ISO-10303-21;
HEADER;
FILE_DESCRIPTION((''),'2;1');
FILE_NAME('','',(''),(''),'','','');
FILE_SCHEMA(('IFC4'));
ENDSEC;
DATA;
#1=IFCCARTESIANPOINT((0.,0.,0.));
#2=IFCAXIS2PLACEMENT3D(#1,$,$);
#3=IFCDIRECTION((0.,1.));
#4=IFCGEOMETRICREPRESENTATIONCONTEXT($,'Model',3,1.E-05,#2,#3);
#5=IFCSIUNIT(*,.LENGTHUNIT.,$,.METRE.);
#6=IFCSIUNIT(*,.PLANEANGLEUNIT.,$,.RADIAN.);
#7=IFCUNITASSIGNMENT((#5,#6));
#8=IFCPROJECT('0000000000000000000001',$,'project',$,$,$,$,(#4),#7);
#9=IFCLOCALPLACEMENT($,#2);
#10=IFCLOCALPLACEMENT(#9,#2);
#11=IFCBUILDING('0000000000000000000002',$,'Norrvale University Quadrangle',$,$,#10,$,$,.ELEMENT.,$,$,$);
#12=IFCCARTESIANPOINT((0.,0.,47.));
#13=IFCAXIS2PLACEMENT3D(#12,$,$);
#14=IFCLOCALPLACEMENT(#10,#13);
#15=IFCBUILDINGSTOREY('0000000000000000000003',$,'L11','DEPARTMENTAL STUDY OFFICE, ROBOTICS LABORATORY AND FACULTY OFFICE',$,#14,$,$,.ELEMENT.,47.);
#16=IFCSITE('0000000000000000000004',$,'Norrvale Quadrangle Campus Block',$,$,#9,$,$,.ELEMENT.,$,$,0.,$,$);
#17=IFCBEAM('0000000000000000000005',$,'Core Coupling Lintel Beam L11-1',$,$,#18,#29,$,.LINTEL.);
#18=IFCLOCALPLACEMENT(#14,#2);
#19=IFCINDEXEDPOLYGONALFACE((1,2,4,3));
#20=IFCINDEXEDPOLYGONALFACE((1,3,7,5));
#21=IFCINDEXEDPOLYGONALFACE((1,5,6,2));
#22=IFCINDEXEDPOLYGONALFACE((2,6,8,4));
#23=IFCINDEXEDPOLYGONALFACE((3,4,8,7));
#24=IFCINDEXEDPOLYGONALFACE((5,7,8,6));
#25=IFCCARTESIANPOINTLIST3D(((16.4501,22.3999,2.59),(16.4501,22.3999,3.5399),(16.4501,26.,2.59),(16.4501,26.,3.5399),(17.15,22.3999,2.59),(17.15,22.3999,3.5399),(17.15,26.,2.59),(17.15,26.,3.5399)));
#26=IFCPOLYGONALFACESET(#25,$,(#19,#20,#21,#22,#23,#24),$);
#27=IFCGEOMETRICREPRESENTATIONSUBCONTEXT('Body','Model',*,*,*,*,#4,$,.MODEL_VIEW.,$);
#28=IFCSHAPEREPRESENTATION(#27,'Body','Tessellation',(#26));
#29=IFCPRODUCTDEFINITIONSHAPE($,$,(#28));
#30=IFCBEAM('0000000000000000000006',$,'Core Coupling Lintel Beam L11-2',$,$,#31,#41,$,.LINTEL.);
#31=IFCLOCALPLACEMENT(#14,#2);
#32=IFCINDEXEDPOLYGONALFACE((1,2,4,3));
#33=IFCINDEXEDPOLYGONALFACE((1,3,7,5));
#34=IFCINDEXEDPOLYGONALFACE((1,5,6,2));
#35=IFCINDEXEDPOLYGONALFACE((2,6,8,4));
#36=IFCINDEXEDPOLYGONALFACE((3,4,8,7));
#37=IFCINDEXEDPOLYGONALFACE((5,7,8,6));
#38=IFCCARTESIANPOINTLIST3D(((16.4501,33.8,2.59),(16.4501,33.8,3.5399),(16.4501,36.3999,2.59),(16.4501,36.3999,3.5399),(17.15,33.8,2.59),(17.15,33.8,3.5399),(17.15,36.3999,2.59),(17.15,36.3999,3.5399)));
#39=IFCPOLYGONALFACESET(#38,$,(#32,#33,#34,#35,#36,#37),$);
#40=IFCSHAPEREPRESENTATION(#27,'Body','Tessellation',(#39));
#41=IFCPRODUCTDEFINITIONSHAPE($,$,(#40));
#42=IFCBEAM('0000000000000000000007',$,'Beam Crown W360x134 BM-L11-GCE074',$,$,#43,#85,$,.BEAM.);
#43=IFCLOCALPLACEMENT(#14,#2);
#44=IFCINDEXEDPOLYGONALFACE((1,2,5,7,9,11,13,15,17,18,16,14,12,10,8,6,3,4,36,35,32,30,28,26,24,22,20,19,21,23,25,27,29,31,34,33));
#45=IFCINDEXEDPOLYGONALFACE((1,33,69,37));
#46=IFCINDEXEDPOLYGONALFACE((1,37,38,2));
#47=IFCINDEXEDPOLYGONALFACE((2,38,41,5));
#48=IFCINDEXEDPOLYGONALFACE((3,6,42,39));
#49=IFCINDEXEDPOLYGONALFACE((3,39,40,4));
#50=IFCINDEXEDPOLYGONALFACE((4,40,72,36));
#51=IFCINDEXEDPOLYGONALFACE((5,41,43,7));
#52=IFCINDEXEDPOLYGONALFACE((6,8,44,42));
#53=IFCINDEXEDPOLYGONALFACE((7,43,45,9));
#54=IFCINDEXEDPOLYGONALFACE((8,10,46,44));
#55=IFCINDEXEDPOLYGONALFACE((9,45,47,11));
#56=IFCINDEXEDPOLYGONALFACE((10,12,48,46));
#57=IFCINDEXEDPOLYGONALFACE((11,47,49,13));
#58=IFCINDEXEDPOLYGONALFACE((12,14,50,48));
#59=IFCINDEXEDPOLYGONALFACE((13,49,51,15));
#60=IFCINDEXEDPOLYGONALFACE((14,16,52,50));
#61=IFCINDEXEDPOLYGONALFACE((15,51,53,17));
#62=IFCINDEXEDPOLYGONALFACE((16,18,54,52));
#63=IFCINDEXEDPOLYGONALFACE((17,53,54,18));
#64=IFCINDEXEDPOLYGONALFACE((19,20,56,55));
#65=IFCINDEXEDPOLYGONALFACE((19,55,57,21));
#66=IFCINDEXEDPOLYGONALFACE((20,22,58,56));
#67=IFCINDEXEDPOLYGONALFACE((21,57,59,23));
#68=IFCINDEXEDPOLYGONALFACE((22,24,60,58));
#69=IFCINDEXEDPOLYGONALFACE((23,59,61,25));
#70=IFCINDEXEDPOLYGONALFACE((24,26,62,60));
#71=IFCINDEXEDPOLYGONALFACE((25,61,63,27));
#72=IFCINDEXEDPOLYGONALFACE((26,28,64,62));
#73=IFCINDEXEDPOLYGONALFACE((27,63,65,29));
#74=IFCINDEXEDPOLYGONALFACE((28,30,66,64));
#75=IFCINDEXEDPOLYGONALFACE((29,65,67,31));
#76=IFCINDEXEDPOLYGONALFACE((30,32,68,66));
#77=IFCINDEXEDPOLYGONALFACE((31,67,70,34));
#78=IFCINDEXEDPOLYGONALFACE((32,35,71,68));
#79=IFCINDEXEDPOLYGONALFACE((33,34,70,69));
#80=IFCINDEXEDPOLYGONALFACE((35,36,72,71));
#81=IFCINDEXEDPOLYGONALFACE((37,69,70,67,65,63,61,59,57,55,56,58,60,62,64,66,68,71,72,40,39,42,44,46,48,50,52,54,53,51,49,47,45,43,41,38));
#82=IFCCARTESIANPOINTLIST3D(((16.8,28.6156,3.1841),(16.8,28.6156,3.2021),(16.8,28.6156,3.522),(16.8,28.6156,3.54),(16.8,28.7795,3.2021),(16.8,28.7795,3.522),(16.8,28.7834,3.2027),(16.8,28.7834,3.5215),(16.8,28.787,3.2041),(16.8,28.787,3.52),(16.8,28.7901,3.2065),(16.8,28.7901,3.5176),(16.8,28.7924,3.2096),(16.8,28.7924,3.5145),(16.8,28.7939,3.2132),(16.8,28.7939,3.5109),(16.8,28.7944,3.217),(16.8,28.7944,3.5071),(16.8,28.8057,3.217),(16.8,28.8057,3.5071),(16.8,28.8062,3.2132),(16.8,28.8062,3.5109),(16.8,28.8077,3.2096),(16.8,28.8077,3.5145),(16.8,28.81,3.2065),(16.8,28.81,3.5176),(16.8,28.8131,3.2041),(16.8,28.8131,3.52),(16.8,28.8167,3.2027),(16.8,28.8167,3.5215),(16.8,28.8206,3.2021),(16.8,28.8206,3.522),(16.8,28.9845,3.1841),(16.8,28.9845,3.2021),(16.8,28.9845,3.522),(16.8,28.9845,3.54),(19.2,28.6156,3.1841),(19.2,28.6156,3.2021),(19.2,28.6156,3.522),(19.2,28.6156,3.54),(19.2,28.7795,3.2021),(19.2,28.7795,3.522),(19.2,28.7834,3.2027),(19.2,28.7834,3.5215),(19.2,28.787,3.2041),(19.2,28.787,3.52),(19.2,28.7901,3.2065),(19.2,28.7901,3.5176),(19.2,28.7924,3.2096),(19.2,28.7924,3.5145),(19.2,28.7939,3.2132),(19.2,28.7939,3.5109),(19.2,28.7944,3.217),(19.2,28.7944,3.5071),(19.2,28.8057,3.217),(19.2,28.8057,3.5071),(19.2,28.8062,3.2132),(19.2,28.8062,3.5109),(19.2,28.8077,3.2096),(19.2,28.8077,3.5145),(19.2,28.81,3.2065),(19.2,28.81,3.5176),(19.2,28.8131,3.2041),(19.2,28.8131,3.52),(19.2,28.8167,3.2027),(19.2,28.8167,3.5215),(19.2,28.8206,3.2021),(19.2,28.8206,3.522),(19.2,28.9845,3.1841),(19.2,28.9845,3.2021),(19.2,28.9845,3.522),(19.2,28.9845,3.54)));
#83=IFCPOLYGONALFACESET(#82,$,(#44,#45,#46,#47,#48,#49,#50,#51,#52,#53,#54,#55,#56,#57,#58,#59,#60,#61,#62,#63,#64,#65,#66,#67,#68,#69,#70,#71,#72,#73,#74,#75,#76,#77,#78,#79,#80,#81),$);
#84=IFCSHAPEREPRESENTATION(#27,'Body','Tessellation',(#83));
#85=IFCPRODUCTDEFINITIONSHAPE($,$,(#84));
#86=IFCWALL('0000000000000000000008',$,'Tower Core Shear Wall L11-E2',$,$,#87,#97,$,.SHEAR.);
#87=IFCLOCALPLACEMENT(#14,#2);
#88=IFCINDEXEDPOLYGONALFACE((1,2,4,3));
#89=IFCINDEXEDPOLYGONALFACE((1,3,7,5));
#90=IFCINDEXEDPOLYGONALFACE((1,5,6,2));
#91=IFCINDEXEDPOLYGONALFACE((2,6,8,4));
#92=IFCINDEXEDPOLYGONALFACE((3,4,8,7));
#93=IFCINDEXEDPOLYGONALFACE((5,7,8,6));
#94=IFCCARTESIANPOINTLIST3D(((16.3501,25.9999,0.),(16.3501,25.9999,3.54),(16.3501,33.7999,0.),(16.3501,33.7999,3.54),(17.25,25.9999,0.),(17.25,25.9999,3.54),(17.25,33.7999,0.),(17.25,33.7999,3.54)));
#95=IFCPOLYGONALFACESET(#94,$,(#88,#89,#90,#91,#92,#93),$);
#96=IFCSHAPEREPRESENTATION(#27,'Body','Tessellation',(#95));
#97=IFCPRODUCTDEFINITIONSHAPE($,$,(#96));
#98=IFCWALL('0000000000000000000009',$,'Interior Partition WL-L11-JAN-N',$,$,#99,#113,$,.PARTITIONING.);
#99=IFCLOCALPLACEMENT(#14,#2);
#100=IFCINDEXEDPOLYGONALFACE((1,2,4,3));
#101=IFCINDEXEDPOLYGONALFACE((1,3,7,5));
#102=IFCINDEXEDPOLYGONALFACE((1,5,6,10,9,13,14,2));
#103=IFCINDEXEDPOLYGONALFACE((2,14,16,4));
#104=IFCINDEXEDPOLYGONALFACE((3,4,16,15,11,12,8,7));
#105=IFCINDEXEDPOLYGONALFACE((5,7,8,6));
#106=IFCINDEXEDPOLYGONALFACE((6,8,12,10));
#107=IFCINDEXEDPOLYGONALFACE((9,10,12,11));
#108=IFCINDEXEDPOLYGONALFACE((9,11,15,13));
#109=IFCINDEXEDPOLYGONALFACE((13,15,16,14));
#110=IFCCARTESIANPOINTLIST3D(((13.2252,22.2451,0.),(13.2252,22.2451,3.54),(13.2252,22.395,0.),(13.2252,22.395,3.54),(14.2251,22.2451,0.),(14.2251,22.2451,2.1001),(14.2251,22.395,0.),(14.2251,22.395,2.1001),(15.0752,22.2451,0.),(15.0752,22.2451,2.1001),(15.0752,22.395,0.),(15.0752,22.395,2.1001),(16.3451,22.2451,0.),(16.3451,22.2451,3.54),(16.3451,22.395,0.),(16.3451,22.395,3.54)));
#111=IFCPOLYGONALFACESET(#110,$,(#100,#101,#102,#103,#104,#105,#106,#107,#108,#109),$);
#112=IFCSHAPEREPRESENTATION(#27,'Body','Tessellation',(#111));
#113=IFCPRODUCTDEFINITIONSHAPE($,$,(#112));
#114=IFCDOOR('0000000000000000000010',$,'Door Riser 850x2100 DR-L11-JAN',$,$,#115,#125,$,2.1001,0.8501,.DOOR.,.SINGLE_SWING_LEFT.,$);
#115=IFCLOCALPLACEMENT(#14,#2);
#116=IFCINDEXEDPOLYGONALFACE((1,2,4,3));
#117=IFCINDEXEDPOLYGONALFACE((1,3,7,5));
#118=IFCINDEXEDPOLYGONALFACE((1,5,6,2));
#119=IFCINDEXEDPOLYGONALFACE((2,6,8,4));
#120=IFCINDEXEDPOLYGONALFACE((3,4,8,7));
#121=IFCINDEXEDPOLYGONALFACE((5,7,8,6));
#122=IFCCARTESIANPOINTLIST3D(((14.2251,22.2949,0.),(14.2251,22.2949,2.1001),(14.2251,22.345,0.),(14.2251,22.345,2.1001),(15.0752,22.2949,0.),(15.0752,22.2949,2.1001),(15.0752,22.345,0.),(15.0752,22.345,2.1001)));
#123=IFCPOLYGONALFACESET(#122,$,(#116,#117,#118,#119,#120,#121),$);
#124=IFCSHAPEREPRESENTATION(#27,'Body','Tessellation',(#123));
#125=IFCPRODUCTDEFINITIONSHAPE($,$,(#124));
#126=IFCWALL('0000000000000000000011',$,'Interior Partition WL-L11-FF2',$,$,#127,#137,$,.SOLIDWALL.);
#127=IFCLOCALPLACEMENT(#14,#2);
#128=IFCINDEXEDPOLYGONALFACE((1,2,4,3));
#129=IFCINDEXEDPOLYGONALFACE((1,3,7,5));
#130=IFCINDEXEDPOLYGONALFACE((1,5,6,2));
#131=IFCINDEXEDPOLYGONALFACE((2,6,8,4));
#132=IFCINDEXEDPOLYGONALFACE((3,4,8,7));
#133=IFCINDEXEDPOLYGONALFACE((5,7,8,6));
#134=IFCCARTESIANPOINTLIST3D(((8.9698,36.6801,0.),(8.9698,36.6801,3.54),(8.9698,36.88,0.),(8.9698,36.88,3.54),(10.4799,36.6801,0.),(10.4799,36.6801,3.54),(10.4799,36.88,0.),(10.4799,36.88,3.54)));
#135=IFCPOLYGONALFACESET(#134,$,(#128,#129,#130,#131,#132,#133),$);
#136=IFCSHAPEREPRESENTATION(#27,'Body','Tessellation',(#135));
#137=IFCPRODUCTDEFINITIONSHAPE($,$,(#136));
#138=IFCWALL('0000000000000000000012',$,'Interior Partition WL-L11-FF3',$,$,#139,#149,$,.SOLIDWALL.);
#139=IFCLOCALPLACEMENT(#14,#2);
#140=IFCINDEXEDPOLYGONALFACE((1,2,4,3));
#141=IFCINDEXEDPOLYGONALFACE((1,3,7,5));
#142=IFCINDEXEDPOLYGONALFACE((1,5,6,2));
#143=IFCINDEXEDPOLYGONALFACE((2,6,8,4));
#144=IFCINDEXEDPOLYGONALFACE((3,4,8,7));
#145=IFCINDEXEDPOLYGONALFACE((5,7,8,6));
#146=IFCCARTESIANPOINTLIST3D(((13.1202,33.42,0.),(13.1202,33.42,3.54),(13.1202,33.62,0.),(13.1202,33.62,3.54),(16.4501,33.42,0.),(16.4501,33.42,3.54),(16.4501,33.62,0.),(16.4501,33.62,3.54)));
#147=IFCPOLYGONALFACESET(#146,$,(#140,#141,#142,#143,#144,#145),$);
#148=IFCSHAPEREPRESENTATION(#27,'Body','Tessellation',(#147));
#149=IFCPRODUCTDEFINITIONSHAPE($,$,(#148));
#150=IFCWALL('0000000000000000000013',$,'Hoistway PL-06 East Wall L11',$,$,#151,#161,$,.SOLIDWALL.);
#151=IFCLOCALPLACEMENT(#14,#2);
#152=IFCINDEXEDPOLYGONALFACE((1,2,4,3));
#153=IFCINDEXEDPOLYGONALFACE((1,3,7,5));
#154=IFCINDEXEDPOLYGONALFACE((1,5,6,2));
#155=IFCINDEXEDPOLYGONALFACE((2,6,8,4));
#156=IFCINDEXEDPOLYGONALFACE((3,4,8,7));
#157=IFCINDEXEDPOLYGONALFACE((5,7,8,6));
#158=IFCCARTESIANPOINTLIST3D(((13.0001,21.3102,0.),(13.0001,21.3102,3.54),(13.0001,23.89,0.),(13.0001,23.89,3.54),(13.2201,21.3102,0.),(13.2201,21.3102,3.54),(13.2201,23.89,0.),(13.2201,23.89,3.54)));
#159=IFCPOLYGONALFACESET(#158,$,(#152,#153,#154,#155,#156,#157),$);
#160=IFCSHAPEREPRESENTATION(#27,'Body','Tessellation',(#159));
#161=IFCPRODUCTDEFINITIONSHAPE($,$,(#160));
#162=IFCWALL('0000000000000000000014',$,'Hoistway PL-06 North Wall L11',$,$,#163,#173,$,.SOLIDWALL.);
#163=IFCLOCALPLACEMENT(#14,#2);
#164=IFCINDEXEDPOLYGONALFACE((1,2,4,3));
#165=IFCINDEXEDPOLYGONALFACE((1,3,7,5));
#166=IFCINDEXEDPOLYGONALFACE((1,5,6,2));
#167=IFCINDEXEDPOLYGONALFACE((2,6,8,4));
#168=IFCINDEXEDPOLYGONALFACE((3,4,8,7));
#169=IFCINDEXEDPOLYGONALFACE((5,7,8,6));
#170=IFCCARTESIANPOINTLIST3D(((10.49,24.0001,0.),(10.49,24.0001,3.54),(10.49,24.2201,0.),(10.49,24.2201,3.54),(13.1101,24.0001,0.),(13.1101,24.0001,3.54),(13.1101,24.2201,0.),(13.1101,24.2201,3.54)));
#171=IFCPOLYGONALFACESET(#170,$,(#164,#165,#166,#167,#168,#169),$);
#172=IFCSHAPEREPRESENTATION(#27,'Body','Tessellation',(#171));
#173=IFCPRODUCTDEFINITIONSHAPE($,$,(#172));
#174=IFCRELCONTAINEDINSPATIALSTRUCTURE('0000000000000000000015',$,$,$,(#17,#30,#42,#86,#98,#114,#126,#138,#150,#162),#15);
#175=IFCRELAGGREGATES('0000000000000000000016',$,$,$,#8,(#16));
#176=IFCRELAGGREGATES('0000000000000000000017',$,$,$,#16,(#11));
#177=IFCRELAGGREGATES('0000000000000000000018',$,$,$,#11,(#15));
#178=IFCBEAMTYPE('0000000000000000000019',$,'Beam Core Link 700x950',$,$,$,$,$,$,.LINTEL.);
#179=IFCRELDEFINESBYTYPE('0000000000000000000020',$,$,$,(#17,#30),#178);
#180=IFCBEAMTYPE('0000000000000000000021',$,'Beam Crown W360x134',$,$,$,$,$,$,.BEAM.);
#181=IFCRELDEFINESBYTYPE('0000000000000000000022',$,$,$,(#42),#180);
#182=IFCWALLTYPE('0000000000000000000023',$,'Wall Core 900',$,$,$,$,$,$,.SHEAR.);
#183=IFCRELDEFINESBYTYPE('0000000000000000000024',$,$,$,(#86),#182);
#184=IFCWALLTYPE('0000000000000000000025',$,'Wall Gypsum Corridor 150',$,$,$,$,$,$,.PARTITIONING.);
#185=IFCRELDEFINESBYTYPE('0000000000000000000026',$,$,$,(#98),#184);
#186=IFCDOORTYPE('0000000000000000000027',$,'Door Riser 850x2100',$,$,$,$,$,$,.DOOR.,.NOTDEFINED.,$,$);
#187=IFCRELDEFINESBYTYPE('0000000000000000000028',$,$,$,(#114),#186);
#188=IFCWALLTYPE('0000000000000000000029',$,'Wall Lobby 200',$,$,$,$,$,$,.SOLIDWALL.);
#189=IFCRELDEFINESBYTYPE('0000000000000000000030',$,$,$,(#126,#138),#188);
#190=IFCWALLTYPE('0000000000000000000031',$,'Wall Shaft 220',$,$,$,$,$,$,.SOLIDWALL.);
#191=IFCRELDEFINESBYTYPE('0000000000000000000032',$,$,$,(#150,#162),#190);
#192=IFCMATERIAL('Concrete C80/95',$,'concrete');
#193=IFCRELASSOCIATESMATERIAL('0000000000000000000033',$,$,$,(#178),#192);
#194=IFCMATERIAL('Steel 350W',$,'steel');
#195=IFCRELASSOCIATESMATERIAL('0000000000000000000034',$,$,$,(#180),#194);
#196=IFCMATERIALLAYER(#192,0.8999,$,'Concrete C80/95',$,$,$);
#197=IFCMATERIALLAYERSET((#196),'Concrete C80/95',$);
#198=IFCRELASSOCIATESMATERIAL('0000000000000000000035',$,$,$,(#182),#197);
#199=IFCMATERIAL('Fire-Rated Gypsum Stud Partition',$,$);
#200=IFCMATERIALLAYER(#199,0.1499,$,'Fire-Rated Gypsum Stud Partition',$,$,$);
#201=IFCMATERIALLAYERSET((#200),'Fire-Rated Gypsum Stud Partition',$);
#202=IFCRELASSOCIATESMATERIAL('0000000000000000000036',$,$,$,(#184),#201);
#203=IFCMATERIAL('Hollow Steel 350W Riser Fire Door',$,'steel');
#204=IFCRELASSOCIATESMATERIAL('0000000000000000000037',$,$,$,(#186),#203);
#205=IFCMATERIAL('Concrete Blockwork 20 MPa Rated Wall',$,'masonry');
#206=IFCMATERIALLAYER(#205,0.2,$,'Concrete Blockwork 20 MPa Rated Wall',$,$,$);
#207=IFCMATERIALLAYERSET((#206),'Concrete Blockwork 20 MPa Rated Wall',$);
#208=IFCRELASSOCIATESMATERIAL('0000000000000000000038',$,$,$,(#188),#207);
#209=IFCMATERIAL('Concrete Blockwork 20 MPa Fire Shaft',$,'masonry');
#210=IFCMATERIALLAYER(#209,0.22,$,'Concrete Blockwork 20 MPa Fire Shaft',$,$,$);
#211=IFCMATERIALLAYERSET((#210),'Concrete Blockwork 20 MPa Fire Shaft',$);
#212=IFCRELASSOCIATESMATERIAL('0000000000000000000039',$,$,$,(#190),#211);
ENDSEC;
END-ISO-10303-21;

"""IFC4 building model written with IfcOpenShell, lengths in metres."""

from ifc_helpers import new_model, si_unit, direction, frame, frame_2d, origin, origin_2d, place, context, subcontext, project, spatial, rectangle, i_section, extrude, material, layer, layer_set, material_profile, profile_set, type_object, element, fill, save


model = new_model("IFC4")

# Units and contexts
model_context = context("Model", 3, precision=1e-05, world=origin(), true_north=direction((0.0, 1.0)))
body_context = subcontext(model_context, "Body", "Model", "MODEL_VIEW")
ifc_project = project(units=[si_unit("LENGTHUNIT", "METRE"), si_unit("PLANEANGLEUNIT", "RADIAN")], contexts=[model_context])

# Site, building, storey
site_placement = place(None, origin())
site = spatial("IfcSite", under=ifc_project, at=site_placement, Name="Norrvale Quadrangle Campus Block", CompositionType="ELEMENT", RefElevation=0.0)
building_placement = place(site_placement, origin())
building = spatial("IfcBuilding", under=site, at=building_placement, Name="Norrvale University Quadrangle", CompositionType="ELEMENT")
storey_placement = place(building_placement, frame((0.0, 0.0, 47.0)))
storey = spatial("IfcBuildingStorey", under=building, at=storey_placement, Name="L11", Description="DEPARTMENTAL STUDY OFFICE, ROBOTICS LABORATORY AND FACULTY OFFICE", CompositionType="ELEMENT", Elevation=47.0)

# Beams
ifc_material_1 = material(Name="Concrete C80/95", Category="concrete")
ifc_material_profile_1 = material_profile(ifc_material_1, rectangle(XDim=0.7, YDim=0.95, at=origin_2d()), Name="Concrete C80/95")
ifc_profile_set_1 = profile_set([ifc_material_profile_1], Name="Concrete C80/95")
beam_type_1 = type_object("IfcBeamType", Name="Beam Core Link 700x950", PredefinedType="LINTEL", material=ifc_profile_set_1)
beam_1_placement = place(storey_placement, frame((16.8, 22.3999, 3.0649), z_axis=(0.0, 1.0, 0.0), x_axis=(-1.0, 0.0, 0.0)))
element("IfcBeam", 1, at=beam_1_placement, inside=storey, type_object=beam_type_1, Name="Core Coupling Lintel Beam L11-1", PredefinedType="LINTEL", context=body_context, shape_type="SweptSolid", body=[
    extrude(rectangle(XDim=0.7, YDim=0.95, at=origin_2d()), origin(), (0.0, 0.0, 1.0), 3.6001),
])
beam_2_placement = place(storey_placement, frame((16.8, 33.8, 3.0649), z_axis=(0.0, 1.0, 0.0), x_axis=(-1.0, 0.0, 0.0)))
element("IfcBeam", 2, at=beam_2_placement, inside=storey, type_object=beam_type_1, Name="Core Coupling Lintel Beam L11-2", PredefinedType="LINTEL", context=body_context, shape_type="SweptSolid", body=[
    extrude(rectangle(XDim=0.7, YDim=0.95, at=origin_2d()), origin(), (0.0, 0.0, 1.0), 2.5999),
])
ifc_material_2 = material(Name="Steel 350W", Category="steel")
ifc_material_profile_2 = material_profile(ifc_material_2, i_section(OverallWidth=0.3689, OverallDepth=0.356, WebThickness=0.0112, FlangeThickness=0.0181, FilletRadius=0.0149, at=origin_2d()), Name="Steel 350W")
ifc_profile_set_2 = profile_set([ifc_material_profile_2], Name="Steel 350W")
beam_type_2 = type_object("IfcBeamType", Name="Beam Crown W360x134", PredefinedType="BEAM", material=ifc_profile_set_2)
beam_3_placement = place(storey_placement, frame((16.8, 28.8, 3.3621), z_axis=(1.0, 0.0, 0.0), x_axis=(0.0, 1.0, 0.0)))
element("IfcBeam", 3, at=beam_3_placement, inside=storey, type_object=beam_type_2, Name="Beam Crown W360x134 BM-L11-GCE074", PredefinedType="BEAM", context=body_context, shape_type="SweptSolid", body=[
    extrude(i_section(OverallWidth=0.3689, OverallDepth=0.356, WebThickness=0.0112, FlangeThickness=0.0181, FilletRadius=0.0149, at=origin_2d()), origin(), (0.0, 0.0, 1.0), 2.3999),
])

# Wall
ifc_layer_1 = layer(ifc_material_1, 0.8999, Name="Concrete C80/95")
ifc_layer_set_1 = layer_set([ifc_layer_1], Name="Concrete C80/95")
wall_type_1 = type_object("IfcWallType", Name="Wall Core 900", PredefinedType="SHEAR", material=ifc_layer_set_1)
wall_1_placement = place(storey_placement, frame((16.8, 26.0, 0.0), z_axis=(0.0, 0.0, 1.0), x_axis=(0.0, 1.0, 0.0)))
element("IfcWall", 4, at=wall_1_placement, inside=storey, type_object=wall_type_1, Name="Tower Core Shear Wall L11-E2", PredefinedType="SHEAR", context=body_context, shape_type="SweptSolid", body=[
    extrude(rectangle(XDim=7.8, YDim=0.8999, at=frame_2d((3.8999, 0.0))), origin(), (0.0, 0.0, 1.0), 3.54),
])

# Wall, opening, door
ifc_material_3 = material(Name="Fire-Rated Gypsum Stud Partition")
ifc_layer_2 = layer(ifc_material_3, 0.1499, Name="Fire-Rated Gypsum Stud Partition")
ifc_layer_set_2 = layer_set([ifc_layer_2], Name="Fire-Rated Gypsum Stud Partition")
wall_type_2 = type_object("IfcWallType", Name="Wall Gypsum Corridor 150", PredefinedType="PARTITIONING", material=ifc_layer_set_2)
wall_2_placement = place(storey_placement, frame((13.2251, 22.3201, 0.0), z_axis=(0.0, 0.0, 1.0), x_axis=(1.0, 0.0, 0.0)))
wall_2 = element("IfcWall", 5, at=wall_2_placement, inside=storey, type_object=wall_type_2, Name="Interior Partition WL-L11-JAN-N", PredefinedType="PARTITIONING", context=body_context, shape_type="SweptSolid", body=[
    extrude(rectangle(XDim=3.1199, YDim=0.1499, at=frame_2d((1.5601, 0.0))), origin(), (0.0, 0.0, 1.0), 3.54),
])
opening_1_placement = place(wall_2_placement, frame((1.0, 0.0, 0.0)))
opening_1 = element("IfcOpeningElement", 6, at=opening_1_placement, cuts=wall_2, PredefinedType="OPENING", context=body_context, shape_type="SweptSolid", body=[
    extrude(rectangle(XDim=0.8501, YDim=2.1001, at=frame_2d((0.425, 1.05))), frame((0.0, 0.0869, 0.0), z_axis=(0.0, -1.0, 0.0), x_axis=(1.0, 0.0, 0.0)), (0.0, 0.0, 1.0), 0.1738),
])
ifc_material_4 = material(Name="Hollow Steel 350W Riser Fire Door", Category="steel")
door_type_1 = type_object("IfcDoorType", Name="Door Riser 850x2100", OperationType="NOTDEFINED", PredefinedType="DOOR", material=ifc_material_4)
door_1_placement = place(opening_1_placement, origin())
door_1 = element("IfcDoor", 7, at=door_1_placement, inside=storey, type_object=door_type_1, Name="Door Riser 850x2100 DR-L11-JAN", OperationType="SINGLE_SWING_LEFT", OverallHeight=2.1001, OverallWidth=0.8501, PredefinedType="DOOR", context=body_context, shape_type="SweptSolid", body=[
    extrude(rectangle(XDim=0.8501, YDim=2.1001, at=frame_2d((0.425, 1.05))), frame((0.0, 0.0249, 0.0), z_axis=(0.0, -1.0, 0.0), x_axis=(1.0, 0.0, 0.0)), (0.0, 0.0, 1.0), 0.05),
])
fill(opening_1, door_1)

# Walls
ifc_material_5 = material(Name="Concrete Blockwork 20 MPa Rated Wall", Category="masonry")
ifc_layer_3 = layer(ifc_material_5, 0.2, Name="Concrete Blockwork 20 MPa Rated Wall")
ifc_layer_set_3 = layer_set([ifc_layer_3], Name="Concrete Blockwork 20 MPa Rated Wall")
wall_type_3 = type_object("IfcWallType", Name="Wall Lobby 200", PredefinedType="SOLIDWALL", material=ifc_layer_set_3)
wall_3_placement = place(storey_placement, frame((8.97, 36.78, 0.0), z_axis=(0.0, 0.0, 1.0), x_axis=(1.0, 0.0, 0.0)))
element("IfcWall", 8, at=wall_3_placement, inside=storey, type_object=wall_type_3, Name="Interior Partition WL-L11-FF2", PredefinedType="SOLIDWALL", context=body_context, shape_type="SweptSolid", body=[
    extrude(rectangle(XDim=1.51, YDim=0.2, at=frame_2d((0.7549, 0.0))), origin(), (0.0, 0.0, 1.0), 3.54),
])
wall_4_placement = place(storey_placement, frame((13.1201, 33.52, 0.0), z_axis=(0.0, 0.0, 1.0), x_axis=(1.0, 0.0, 0.0)))
element("IfcWall", 9, at=wall_4_placement, inside=storey, type_object=wall_type_3, Name="Interior Partition WL-L11-FF3", PredefinedType="SOLIDWALL", context=body_context, shape_type="SweptSolid", body=[
    extrude(rectangle(XDim=3.3298, YDim=0.2, at=frame_2d((1.665, 0.0))), origin(), (0.0, 0.0, 1.0), 3.54),
])
ifc_material_6 = material(Name="Concrete Blockwork 20 MPa Fire Shaft", Category="masonry")
ifc_layer_4 = layer(ifc_material_6, 0.22, Name="Concrete Blockwork 20 MPa Fire Shaft")
ifc_layer_set_4 = layer_set([ifc_layer_4], Name="Concrete Blockwork 20 MPa Fire Shaft")
wall_type_4 = type_object("IfcWallType", Name="Wall Shaft 220", PredefinedType="SOLIDWALL", material=ifc_layer_set_4)
wall_5_placement = place(storey_placement, frame((13.1101, 21.3101, 0.0), z_axis=(0.0, 0.0, 1.0), x_axis=(0.0, 1.0, 0.0)))
element("IfcWall", 10, at=wall_5_placement, inside=storey, type_object=wall_type_4, Name="Hoistway PL-06 East Wall L11", PredefinedType="SOLIDWALL", context=body_context, shape_type="SweptSolid", body=[
    extrude(rectangle(XDim=2.5798, YDim=0.22, at=frame_2d((1.29, 0.0))), origin(), (0.0, 0.0, 1.0), 3.54),
])
wall_6_placement = place(storey_placement, frame((10.49, 24.1101, 0.0), z_axis=(0.0, 0.0, 1.0), x_axis=(1.0, 0.0, 0.0)))
element("IfcWall", 11, at=wall_6_placement, inside=storey, type_object=wall_type_4, Name="Hoistway PL-06 North Wall L11", PredefinedType="SOLIDWALL", context=body_context, shape_type="SweptSolid", body=[
    extrude(rectangle(XDim=2.6201, YDim=0.22, at=frame_2d((1.3101, 0.0))), origin(), (0.0, 0.0, 1.0), 3.54),
])

save(model, "model.ifc")
